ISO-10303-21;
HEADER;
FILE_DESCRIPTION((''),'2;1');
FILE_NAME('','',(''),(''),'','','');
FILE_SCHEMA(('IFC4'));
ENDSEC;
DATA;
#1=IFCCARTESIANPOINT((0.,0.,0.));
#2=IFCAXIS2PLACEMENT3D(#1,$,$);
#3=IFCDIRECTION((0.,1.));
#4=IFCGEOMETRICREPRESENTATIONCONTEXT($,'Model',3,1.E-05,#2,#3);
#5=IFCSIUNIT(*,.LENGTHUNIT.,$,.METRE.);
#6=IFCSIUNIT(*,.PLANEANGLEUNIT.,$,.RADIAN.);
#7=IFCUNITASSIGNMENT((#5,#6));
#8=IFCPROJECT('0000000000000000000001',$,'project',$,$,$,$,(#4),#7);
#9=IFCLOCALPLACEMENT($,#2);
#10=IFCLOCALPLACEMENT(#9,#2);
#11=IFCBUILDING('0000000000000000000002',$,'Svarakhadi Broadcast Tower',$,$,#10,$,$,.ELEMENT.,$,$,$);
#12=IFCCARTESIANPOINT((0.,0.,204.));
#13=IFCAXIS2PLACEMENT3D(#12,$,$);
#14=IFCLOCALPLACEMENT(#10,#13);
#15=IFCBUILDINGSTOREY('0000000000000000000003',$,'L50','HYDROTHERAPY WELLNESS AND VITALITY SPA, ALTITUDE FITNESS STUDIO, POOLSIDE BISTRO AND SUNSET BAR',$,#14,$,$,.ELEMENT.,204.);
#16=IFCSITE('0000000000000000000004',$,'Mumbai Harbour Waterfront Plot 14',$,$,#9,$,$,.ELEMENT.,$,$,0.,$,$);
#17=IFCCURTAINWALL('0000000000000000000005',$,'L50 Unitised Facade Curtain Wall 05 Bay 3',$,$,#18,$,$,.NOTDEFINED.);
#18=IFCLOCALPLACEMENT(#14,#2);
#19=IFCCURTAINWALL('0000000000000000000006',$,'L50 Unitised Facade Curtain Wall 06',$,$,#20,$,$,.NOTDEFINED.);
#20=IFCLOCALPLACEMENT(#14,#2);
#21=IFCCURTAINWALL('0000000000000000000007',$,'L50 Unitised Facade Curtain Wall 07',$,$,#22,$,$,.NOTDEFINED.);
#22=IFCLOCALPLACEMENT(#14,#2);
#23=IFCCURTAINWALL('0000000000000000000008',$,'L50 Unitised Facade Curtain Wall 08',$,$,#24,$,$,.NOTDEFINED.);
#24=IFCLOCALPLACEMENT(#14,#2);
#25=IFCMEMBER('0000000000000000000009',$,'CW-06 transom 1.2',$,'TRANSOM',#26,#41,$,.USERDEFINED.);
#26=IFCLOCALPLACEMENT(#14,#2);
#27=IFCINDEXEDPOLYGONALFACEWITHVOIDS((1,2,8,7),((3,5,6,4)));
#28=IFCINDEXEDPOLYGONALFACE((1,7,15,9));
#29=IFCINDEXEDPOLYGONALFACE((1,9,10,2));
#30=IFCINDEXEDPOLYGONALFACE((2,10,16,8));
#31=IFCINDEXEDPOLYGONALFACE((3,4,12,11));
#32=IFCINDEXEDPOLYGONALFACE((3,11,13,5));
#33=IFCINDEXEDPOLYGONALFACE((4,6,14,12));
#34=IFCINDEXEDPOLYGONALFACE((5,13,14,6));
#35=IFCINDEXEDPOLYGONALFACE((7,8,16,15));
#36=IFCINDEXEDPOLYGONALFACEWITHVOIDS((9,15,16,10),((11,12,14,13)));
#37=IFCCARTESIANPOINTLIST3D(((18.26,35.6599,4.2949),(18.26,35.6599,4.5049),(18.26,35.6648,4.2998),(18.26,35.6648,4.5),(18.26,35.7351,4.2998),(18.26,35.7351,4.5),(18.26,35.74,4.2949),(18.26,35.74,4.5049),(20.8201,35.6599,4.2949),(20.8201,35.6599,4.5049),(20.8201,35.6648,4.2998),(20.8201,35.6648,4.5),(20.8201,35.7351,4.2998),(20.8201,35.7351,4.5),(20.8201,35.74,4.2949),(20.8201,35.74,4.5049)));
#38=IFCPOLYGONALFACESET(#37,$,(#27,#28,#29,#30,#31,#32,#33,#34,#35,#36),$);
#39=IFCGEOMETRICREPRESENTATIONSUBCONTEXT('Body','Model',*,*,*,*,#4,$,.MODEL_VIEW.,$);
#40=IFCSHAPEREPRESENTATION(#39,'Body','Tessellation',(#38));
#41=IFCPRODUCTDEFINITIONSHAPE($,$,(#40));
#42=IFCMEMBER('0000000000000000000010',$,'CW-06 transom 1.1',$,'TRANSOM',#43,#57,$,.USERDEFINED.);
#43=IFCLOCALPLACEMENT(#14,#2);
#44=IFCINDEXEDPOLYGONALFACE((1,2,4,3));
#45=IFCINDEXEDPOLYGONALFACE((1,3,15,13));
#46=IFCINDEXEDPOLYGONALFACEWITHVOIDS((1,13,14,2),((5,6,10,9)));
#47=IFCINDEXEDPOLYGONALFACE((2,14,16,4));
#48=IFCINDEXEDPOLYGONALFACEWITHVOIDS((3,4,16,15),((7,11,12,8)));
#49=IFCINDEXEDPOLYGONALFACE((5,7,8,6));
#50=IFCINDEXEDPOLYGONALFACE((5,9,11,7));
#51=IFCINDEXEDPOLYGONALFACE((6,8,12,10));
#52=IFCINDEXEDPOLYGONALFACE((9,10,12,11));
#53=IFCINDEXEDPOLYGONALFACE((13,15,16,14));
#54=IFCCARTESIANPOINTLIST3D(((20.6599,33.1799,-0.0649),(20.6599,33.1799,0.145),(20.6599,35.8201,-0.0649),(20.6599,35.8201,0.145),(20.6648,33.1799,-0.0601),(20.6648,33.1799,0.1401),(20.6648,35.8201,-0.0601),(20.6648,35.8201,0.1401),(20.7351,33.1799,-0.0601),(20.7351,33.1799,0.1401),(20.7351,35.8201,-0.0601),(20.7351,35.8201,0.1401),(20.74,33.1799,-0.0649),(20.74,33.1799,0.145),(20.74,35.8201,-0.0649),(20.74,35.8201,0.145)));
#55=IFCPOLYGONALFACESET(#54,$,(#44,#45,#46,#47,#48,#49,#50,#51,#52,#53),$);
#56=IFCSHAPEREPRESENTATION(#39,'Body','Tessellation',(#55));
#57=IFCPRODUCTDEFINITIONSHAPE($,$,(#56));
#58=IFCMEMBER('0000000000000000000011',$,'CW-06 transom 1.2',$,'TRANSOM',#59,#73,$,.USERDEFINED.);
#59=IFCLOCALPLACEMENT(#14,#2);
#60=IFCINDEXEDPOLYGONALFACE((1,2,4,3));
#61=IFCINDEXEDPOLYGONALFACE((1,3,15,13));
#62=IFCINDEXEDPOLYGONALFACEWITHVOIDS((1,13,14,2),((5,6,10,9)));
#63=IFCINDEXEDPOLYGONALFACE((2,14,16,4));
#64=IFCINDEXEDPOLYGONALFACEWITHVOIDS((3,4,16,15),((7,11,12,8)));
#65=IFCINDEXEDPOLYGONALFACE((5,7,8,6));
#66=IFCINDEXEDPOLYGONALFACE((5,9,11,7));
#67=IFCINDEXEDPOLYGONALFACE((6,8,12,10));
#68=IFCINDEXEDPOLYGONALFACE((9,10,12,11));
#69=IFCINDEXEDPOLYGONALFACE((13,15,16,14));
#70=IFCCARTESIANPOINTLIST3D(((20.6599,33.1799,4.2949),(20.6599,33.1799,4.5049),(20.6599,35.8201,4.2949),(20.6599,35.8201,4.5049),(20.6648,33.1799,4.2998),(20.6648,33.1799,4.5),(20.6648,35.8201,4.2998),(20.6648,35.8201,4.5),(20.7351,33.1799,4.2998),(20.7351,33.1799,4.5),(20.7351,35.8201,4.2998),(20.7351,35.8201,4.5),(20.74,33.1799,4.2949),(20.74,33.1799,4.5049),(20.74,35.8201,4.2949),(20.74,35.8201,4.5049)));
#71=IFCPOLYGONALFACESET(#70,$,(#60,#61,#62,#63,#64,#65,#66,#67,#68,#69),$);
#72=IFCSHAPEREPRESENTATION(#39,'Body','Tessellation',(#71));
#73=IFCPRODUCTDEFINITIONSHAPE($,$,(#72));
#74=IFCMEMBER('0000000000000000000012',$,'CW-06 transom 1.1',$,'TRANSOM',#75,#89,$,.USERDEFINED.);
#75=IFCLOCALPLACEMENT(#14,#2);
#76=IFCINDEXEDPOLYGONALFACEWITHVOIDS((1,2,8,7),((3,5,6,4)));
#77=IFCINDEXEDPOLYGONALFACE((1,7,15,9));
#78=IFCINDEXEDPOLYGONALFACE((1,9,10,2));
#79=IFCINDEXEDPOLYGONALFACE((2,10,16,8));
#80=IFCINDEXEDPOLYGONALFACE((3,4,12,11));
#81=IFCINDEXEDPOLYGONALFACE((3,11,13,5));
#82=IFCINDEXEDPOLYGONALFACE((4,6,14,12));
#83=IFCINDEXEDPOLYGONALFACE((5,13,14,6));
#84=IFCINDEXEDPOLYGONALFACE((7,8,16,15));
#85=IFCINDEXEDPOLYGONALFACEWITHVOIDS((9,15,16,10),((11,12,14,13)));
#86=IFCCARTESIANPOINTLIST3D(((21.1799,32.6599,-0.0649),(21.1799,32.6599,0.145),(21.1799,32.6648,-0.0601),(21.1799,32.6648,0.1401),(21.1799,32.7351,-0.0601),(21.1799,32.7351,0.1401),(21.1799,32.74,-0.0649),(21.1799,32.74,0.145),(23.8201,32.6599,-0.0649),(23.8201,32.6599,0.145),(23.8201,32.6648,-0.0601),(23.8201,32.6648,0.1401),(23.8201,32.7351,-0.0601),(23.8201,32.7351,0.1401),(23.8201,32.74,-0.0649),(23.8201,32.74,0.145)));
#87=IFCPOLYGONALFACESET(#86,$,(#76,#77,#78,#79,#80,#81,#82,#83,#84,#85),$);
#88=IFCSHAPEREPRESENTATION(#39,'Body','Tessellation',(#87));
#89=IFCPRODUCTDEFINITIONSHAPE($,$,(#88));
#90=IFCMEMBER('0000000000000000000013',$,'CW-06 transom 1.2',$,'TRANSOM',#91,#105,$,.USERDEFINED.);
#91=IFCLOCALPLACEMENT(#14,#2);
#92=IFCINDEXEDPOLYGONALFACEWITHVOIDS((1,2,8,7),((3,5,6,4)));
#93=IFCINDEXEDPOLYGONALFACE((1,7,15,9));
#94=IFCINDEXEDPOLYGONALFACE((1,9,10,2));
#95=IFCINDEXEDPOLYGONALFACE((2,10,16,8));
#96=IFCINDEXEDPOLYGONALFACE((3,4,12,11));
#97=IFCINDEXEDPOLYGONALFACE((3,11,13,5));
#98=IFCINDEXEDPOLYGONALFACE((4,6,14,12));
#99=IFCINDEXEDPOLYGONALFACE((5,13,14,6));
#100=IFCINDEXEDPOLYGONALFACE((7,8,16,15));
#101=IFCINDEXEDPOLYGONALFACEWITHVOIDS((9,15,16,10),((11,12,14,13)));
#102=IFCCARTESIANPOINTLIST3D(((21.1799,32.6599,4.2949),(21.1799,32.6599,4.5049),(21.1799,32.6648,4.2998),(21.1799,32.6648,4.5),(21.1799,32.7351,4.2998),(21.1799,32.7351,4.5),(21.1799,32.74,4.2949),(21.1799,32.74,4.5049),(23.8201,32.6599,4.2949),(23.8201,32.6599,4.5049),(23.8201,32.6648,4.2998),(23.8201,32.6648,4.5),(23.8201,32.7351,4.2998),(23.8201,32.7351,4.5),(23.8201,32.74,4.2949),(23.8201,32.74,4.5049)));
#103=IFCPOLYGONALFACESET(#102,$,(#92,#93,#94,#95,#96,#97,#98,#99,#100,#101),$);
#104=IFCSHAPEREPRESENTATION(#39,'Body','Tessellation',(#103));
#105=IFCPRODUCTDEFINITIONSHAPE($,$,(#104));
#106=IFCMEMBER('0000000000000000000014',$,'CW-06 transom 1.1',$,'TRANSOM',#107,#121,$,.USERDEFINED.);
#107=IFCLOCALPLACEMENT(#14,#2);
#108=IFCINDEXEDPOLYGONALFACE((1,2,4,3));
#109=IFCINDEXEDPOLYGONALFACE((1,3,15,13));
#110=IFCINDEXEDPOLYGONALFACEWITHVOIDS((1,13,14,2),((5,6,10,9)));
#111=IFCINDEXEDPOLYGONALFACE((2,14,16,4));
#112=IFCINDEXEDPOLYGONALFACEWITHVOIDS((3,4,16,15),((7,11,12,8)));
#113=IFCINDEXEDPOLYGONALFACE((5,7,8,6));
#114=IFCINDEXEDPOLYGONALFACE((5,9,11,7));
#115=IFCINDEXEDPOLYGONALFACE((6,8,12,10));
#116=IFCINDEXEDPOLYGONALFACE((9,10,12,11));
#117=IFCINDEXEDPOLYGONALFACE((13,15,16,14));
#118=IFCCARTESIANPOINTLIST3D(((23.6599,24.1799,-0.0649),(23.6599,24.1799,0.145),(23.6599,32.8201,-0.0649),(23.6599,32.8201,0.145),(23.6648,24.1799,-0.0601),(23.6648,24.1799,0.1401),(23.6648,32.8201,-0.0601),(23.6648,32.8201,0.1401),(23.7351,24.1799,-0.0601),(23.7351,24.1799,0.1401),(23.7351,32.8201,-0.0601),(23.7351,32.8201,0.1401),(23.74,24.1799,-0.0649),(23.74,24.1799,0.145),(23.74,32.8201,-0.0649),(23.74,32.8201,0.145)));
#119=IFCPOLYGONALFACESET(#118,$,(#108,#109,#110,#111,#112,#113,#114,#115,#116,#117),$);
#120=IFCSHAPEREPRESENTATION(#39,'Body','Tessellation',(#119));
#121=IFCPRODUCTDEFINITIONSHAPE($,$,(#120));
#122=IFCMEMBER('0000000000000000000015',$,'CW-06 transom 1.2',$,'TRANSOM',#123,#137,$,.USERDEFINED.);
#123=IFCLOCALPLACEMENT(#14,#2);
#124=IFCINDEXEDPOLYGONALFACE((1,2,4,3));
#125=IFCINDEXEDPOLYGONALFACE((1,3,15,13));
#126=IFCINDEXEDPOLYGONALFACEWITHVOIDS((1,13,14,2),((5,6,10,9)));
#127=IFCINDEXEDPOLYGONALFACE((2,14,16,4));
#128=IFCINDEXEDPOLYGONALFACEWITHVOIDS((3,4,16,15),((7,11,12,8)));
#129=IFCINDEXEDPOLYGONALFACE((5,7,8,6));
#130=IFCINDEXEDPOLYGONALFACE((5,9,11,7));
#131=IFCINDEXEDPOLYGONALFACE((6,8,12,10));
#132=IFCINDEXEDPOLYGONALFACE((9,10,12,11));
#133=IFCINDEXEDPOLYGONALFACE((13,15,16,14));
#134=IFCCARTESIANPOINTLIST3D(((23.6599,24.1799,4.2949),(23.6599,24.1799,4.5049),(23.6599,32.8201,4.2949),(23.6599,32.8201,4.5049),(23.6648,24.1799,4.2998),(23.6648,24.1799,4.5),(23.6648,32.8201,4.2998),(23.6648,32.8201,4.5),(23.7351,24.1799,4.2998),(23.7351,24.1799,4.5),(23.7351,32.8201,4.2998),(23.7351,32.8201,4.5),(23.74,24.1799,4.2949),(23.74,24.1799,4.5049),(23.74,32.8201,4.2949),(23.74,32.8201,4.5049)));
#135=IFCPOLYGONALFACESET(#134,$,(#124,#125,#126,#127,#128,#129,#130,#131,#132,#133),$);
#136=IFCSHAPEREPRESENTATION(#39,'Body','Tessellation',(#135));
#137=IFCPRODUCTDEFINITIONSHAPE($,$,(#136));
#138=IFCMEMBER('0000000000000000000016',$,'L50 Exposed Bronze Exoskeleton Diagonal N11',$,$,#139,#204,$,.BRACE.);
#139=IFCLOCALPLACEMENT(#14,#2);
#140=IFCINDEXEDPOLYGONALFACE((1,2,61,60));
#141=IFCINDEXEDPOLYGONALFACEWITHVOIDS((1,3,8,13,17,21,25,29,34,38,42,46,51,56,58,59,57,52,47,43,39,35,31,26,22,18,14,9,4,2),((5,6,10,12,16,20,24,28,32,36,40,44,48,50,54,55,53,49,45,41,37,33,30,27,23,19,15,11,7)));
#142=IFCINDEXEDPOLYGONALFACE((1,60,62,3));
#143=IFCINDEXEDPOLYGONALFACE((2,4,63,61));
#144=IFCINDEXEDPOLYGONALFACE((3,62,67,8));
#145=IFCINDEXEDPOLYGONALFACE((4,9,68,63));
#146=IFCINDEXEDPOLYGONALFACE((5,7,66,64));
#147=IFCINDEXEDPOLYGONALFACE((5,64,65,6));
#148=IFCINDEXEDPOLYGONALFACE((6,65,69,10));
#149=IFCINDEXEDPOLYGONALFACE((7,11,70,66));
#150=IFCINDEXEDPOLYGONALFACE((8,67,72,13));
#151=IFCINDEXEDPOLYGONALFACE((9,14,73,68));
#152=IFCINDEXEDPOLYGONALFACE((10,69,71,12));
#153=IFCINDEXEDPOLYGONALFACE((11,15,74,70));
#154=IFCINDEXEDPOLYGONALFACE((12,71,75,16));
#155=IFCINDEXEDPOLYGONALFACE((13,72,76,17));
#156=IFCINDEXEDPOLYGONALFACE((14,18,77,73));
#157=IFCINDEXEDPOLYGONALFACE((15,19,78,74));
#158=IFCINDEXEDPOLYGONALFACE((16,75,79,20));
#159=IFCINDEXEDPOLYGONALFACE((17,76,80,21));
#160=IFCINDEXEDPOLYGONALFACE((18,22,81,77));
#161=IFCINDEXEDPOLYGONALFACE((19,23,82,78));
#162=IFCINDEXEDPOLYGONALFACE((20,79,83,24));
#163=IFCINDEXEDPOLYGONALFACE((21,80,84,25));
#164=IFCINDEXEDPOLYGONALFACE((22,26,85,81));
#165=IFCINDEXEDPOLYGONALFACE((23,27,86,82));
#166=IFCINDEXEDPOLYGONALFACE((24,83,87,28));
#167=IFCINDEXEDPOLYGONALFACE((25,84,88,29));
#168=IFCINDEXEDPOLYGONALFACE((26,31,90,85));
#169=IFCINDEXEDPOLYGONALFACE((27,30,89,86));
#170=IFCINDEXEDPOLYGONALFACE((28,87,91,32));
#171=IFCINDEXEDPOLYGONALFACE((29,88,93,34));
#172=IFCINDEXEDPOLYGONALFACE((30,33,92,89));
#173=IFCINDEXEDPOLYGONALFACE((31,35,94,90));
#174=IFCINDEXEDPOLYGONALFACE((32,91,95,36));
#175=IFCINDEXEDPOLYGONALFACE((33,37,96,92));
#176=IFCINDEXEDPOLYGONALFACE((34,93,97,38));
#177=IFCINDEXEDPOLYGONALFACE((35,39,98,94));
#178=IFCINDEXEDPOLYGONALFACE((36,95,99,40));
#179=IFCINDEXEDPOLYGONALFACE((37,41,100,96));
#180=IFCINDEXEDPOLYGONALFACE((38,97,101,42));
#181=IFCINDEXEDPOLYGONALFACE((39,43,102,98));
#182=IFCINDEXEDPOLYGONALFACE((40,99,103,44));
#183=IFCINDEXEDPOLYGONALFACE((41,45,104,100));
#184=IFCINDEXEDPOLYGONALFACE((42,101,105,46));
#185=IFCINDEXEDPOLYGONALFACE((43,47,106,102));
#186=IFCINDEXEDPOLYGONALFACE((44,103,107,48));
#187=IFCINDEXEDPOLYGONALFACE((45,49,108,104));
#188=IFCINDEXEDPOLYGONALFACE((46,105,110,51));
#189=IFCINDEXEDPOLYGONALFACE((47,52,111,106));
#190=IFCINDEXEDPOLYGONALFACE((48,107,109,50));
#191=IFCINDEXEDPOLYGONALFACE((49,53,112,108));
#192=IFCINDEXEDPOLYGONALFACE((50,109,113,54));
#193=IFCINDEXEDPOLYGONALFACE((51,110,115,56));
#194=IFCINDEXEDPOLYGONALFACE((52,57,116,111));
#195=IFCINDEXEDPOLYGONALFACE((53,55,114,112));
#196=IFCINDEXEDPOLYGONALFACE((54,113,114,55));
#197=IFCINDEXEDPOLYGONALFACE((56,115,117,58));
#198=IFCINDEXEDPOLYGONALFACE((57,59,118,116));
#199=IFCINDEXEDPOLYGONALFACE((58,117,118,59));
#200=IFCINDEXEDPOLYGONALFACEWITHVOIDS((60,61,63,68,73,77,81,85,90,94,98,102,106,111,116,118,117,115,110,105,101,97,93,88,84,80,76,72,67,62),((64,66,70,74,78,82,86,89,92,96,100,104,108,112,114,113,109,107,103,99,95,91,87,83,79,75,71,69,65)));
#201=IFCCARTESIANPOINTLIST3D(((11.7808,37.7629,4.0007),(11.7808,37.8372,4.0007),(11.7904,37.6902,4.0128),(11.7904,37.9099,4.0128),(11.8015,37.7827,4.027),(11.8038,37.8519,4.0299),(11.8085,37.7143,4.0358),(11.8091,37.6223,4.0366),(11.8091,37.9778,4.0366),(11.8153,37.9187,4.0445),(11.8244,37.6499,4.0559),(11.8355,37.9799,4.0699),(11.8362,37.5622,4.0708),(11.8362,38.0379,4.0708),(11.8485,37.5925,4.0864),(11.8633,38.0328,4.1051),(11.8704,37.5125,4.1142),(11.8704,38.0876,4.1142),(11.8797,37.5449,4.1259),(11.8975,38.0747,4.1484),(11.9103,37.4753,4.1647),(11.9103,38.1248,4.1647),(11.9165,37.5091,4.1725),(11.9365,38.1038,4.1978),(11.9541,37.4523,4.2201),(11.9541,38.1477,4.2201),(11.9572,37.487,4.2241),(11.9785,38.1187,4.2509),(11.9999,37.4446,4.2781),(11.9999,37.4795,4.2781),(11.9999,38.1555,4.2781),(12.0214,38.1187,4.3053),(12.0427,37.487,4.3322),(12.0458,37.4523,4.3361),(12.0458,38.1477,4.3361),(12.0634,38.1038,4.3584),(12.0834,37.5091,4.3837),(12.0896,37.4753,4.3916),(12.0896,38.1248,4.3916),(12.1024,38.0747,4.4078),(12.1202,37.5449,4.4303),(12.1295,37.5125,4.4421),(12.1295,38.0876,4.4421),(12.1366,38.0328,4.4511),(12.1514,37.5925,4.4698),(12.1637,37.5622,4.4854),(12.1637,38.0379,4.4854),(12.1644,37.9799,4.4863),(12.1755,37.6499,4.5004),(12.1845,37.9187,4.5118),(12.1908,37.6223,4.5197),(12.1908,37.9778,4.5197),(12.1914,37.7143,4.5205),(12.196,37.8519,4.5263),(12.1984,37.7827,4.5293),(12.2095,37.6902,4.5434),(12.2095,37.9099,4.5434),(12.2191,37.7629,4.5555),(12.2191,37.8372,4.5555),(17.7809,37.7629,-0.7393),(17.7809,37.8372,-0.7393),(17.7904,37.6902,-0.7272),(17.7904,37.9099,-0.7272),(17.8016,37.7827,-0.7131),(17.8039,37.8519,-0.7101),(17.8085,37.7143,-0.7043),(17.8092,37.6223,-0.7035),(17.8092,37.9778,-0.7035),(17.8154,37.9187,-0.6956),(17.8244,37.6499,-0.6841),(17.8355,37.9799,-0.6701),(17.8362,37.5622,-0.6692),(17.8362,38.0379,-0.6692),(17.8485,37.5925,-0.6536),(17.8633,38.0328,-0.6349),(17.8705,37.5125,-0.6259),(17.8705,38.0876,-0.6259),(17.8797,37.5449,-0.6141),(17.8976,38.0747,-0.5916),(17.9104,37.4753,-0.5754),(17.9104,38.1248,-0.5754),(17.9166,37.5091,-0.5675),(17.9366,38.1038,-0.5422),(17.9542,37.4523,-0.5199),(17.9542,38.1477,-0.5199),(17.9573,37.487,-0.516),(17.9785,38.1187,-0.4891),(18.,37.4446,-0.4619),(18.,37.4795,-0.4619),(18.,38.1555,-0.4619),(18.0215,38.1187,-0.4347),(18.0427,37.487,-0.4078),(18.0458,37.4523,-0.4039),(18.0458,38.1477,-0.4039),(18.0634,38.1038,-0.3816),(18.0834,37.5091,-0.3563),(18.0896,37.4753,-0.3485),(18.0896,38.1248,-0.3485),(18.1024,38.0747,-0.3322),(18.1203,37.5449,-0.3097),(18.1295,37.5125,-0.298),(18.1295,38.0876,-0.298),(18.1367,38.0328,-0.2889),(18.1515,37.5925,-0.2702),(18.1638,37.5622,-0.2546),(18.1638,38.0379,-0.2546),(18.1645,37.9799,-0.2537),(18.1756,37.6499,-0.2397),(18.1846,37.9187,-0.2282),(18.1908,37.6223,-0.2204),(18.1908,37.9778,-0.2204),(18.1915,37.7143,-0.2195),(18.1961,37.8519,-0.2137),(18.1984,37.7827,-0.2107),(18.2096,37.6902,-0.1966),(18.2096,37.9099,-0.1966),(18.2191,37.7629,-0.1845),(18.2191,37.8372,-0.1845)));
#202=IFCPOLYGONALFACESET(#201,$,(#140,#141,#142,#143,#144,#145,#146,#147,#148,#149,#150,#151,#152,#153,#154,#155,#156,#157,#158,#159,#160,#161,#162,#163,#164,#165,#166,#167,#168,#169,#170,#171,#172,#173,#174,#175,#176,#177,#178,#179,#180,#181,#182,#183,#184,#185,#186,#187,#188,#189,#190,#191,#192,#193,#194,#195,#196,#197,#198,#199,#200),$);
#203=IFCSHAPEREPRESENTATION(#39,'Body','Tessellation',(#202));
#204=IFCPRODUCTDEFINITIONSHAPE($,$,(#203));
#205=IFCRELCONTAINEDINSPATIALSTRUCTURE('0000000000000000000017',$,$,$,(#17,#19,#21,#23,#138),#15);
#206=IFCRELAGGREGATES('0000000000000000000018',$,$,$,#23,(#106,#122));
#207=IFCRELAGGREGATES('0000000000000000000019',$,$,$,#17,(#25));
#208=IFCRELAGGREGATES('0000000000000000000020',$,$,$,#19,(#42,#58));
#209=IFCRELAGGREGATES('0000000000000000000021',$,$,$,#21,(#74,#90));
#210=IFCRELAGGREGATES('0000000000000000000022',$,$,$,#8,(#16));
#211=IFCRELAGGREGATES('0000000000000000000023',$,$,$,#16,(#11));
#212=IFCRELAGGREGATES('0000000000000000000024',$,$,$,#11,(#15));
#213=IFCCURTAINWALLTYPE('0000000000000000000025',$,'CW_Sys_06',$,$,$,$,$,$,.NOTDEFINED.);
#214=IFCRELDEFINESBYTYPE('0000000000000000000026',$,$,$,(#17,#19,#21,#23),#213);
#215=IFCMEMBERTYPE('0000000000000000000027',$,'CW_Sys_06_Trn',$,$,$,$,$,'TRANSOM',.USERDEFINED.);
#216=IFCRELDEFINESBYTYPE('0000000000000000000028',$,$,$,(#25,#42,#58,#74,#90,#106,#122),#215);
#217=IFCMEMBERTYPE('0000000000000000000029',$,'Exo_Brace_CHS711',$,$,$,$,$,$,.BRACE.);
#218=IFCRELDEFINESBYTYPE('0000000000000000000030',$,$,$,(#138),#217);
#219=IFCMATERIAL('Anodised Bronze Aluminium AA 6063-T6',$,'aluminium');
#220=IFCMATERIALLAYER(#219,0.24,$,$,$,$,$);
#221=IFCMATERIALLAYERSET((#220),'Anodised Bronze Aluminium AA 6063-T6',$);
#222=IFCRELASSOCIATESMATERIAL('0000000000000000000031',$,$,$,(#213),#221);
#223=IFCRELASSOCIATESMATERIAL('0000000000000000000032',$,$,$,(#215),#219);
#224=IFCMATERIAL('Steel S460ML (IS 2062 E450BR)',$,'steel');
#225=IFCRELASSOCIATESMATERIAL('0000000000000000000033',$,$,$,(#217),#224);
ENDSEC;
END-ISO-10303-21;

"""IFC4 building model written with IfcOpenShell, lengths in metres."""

from ifc_helpers import new_model, si_unit, direction, frame, origin, origin_2d, place, context, subcontext, project, spatial, hollow_rectangle, hollow_circle, extrude, material, layer, layer_set, material_profile, profile_set, type_object, element, aggregate, save


model = new_model("IFC4")

# Units and contexts
model_context = context("Model", 3, precision=1e-05, world=origin(), true_north=direction((0.0, 1.0)))
body_context = subcontext(model_context, "Body", "Model", "MODEL_VIEW")
ifc_project = project(units=[si_unit("LENGTHUNIT", "METRE"), si_unit("PLANEANGLEUNIT", "RADIAN")], contexts=[model_context])

# Site, building, storey
site_placement = place(None, origin())
site = spatial("IfcSite", under=ifc_project, at=site_placement, Name="Mumbai Harbour Waterfront Plot 14", CompositionType="ELEMENT", RefElevation=0.0)
building_placement = place(site_placement, origin())
building = spatial("IfcBuilding", under=site, at=building_placement, Name="Svarakhadi Broadcast Tower", CompositionType="ELEMENT")
storey_placement = place(building_placement, frame((0.0, 0.0, 204.0)))
storey = spatial("IfcBuildingStorey", under=building, at=storey_placement, Name="L50", Description="HYDROTHERAPY WELLNESS AND VITALITY SPA, ALTITUDE FITNESS STUDIO, POOLSIDE BISTRO AND SUNSET BAR", CompositionType="ELEMENT", Elevation=204.0)

# Shared definitions
ifc_material_1 = material(Name="Steel S460ML (IS 2062 E450BR)", Category="steel")

# Shared definitions
ifc_material_2 = material(Name="Anodised Bronze Aluminium AA 6063-T6", Category="aluminium")
ifc_layer_1 = layer(ifc_material_2, 0.24)
ifc_layer_set_1 = layer_set([ifc_layer_1], Name="Anodised Bronze Aluminium AA 6063-T6")
curtain_wall_type = type_object("IfcCurtainWallType", Name="CW_Sys_06", PredefinedType="NOTDEFINED", material=ifc_layer_set_1)

# Curtain walls
curtain_wall_1_placement = place(storey_placement, origin())
curtain_wall_1 = element("IfcCurtainWall", 1, at=curtain_wall_1_placement, inside=storey, type_object=curtain_wall_type, Name="L50 Unitised Facade Curtain Wall 05 Bay 3", PredefinedType="NOTDEFINED")
curtain_wall_2_placement = place(storey_placement, origin())
curtain_wall_2 = element("IfcCurtainWall", 2, at=curtain_wall_2_placement, inside=storey, type_object=curtain_wall_type, Name="L50 Unitised Facade Curtain Wall 06", PredefinedType="NOTDEFINED")

# Curtain walls
curtain_wall_3_placement = place(storey_placement, origin())
curtain_wall_3 = element("IfcCurtainWall", 3, at=curtain_wall_3_placement, inside=storey, type_object=curtain_wall_type, Name="L50 Unitised Facade Curtain Wall 07", PredefinedType="NOTDEFINED")
curtain_wall_4_placement = place(storey_placement, origin())
curtain_wall_4 = element("IfcCurtainWall", 4, at=curtain_wall_4_placement, inside=storey, type_object=curtain_wall_type, Name="L50 Unitised Facade Curtain Wall 08", PredefinedType="NOTDEFINED")

# Members
ifc_material_profile_1 = material_profile(ifc_material_2, hollow_rectangle(XDim=0.0801, YDim=0.21, WallThickness=0.0049, at=origin_2d()), Name="ALU TRANSOM 210x80x5")
ifc_profile_set_1 = profile_set([ifc_material_profile_1], Name="Anodised Bronze Aluminium AA 6063-T6")
member_type_1 = type_object("IfcMemberType", Name="CW_Sys_06_Trn", ElementType="TRANSOM", PredefinedType="USERDEFINED", material=ifc_profile_set_1)
member_1_placement = place(storey_placement, frame((18.26, 35.7, 4.3999), z_axis=(1.0, 0.0, 0.0), x_axis=(0.0, 1.0, 0.0)))
member_1 = element("IfcMember", 5, at=member_1_placement, type_object=member_type_1, Name="CW-06 transom 1.2", ObjectType="TRANSOM", PredefinedType="USERDEFINED", context=body_context, shape_type="SweptSolid", body=[
    extrude(hollow_rectangle(XDim=0.0801, YDim=0.21, WallThickness=0.0049, at=origin_2d()), origin(), (0.0, 0.0, 1.0), 2.5601),
])
member_2_placement = place(storey_placement, frame((20.7, 35.8201, 0.04), z_axis=(0.0, -1.0, 0.0), x_axis=(1.0, 0.0, 0.0)))
member_2 = element("IfcMember", 6, at=member_2_placement, type_object=member_type_1, Name="CW-06 transom 1.1", ObjectType="TRANSOM", PredefinedType="USERDEFINED", context=body_context, shape_type="SweptSolid", body=[
    extrude(hollow_rectangle(XDim=0.0801, YDim=0.21, WallThickness=0.0049, at=origin_2d()), origin(), (0.0, 0.0, 1.0), 2.6401),
])
member_3_placement = place(storey_placement, frame((20.7, 35.8201, 4.3999), z_axis=(0.0, -1.0, 0.0), x_axis=(1.0, 0.0, 0.0)))
member_3 = element("IfcMember", 7, at=member_3_placement, type_object=member_type_1, Name="CW-06 transom 1.2", ObjectType="TRANSOM", PredefinedType="USERDEFINED", context=body_context, shape_type="SweptSolid", body=[
    extrude(hollow_rectangle(XDim=0.0801, YDim=0.21, WallThickness=0.0049, at=origin_2d()), origin(), (0.0, 0.0, 1.0), 2.6401),
])
member_4_placement = place(storey_placement, frame((21.1799, 32.7, 0.04), z_axis=(1.0, 0.0, 0.0), x_axis=(0.0, 1.0, 0.0)))
member_4 = element("IfcMember", 8, at=member_4_placement, type_object=member_type_1, Name="CW-06 transom 1.1", ObjectType="TRANSOM", PredefinedType="USERDEFINED", context=body_context, shape_type="SweptSolid", body=[
    extrude(hollow_rectangle(XDim=0.0801, YDim=0.21, WallThickness=0.0049, at=origin_2d()), origin(), (0.0, 0.0, 1.0), 2.6401),
])
member_5_placement = place(storey_placement, frame((21.1799, 32.7, 4.3999), z_axis=(1.0, 0.0, 0.0), x_axis=(0.0, 1.0, 0.0)))
member_5 = element("IfcMember", 9, at=member_5_placement, type_object=member_type_1, Name="CW-06 transom 1.2", ObjectType="TRANSOM", PredefinedType="USERDEFINED", context=body_context, shape_type="SweptSolid", body=[
    extrude(hollow_rectangle(XDim=0.0801, YDim=0.21, WallThickness=0.0049, at=origin_2d()), origin(), (0.0, 0.0, 1.0), 2.6401),
])
member_6_placement = place(storey_placement, frame((23.7, 32.8201, 0.04), z_axis=(0.0, -1.0, 0.0), x_axis=(1.0, 0.0, 0.0)))
member_6 = element("IfcMember", 10, at=member_6_placement, type_object=member_type_1, Name="CW-06 transom 1.1", ObjectType="TRANSOM", PredefinedType="USERDEFINED", context=body_context, shape_type="SweptSolid", body=[
    extrude(hollow_rectangle(XDim=0.0801, YDim=0.21, WallThickness=0.0049, at=origin_2d()), origin(), (0.0, 0.0, 1.0), 8.6401),
])
member_7_placement = place(storey_placement, frame((23.7, 32.8201, 4.3999), z_axis=(0.0, -1.0, 0.0), x_axis=(1.0, 0.0, 0.0)))
member_7 = element("IfcMember", 11, at=member_7_placement, type_object=member_type_1, Name="CW-06 transom 1.2", ObjectType="TRANSOM", PredefinedType="USERDEFINED", context=body_context, shape_type="SweptSolid", body=[
    extrude(hollow_rectangle(XDim=0.0801, YDim=0.21, WallThickness=0.0049, at=origin_2d()), origin(), (0.0, 0.0, 1.0), 8.6401),
])
aggregate(curtain_wall_4, [member_6, member_7])

# Member
ifc_material_profile_2 = material_profile(ifc_material_1, hollow_circle(Radius=0.3555, WallThickness=0.0349, at=origin_2d()), Name="CHS 711x35")
ifc_profile_set_2 = profile_set([ifc_material_profile_2], Name="Steel S460ML (IS 2062 E450BR)")
member_type_2 = type_object("IfcMemberType", Name="Exo_Brace_CHS711", PredefinedType="BRACE", material=ifc_profile_set_2)
member_8_placement = place(storey_placement, frame((18.0, 37.8, -0.4619), z_axis=(-0.784682, 0.0, 0.619898), x_axis=(0.0, -1.0, 0.0)))
element("IfcMember", 12, at=member_8_placement, inside=storey, type_object=member_type_2, Name="L50 Exposed Bronze Exoskeleton Diagonal N11", PredefinedType="BRACE", context=body_context, shape_type="SweptSolid", body=[
    extrude(hollow_circle(Radius=0.3555, WallThickness=0.0349, at=origin_2d()), origin(), (0.0, 0.0, 1.0), 7.6465),
])

aggregate(curtain_wall_1, [member_1])
aggregate(curtain_wall_2, [member_2, member_3])
aggregate(curtain_wall_3, [member_4, member_5])

save(model, "model.ifc")
